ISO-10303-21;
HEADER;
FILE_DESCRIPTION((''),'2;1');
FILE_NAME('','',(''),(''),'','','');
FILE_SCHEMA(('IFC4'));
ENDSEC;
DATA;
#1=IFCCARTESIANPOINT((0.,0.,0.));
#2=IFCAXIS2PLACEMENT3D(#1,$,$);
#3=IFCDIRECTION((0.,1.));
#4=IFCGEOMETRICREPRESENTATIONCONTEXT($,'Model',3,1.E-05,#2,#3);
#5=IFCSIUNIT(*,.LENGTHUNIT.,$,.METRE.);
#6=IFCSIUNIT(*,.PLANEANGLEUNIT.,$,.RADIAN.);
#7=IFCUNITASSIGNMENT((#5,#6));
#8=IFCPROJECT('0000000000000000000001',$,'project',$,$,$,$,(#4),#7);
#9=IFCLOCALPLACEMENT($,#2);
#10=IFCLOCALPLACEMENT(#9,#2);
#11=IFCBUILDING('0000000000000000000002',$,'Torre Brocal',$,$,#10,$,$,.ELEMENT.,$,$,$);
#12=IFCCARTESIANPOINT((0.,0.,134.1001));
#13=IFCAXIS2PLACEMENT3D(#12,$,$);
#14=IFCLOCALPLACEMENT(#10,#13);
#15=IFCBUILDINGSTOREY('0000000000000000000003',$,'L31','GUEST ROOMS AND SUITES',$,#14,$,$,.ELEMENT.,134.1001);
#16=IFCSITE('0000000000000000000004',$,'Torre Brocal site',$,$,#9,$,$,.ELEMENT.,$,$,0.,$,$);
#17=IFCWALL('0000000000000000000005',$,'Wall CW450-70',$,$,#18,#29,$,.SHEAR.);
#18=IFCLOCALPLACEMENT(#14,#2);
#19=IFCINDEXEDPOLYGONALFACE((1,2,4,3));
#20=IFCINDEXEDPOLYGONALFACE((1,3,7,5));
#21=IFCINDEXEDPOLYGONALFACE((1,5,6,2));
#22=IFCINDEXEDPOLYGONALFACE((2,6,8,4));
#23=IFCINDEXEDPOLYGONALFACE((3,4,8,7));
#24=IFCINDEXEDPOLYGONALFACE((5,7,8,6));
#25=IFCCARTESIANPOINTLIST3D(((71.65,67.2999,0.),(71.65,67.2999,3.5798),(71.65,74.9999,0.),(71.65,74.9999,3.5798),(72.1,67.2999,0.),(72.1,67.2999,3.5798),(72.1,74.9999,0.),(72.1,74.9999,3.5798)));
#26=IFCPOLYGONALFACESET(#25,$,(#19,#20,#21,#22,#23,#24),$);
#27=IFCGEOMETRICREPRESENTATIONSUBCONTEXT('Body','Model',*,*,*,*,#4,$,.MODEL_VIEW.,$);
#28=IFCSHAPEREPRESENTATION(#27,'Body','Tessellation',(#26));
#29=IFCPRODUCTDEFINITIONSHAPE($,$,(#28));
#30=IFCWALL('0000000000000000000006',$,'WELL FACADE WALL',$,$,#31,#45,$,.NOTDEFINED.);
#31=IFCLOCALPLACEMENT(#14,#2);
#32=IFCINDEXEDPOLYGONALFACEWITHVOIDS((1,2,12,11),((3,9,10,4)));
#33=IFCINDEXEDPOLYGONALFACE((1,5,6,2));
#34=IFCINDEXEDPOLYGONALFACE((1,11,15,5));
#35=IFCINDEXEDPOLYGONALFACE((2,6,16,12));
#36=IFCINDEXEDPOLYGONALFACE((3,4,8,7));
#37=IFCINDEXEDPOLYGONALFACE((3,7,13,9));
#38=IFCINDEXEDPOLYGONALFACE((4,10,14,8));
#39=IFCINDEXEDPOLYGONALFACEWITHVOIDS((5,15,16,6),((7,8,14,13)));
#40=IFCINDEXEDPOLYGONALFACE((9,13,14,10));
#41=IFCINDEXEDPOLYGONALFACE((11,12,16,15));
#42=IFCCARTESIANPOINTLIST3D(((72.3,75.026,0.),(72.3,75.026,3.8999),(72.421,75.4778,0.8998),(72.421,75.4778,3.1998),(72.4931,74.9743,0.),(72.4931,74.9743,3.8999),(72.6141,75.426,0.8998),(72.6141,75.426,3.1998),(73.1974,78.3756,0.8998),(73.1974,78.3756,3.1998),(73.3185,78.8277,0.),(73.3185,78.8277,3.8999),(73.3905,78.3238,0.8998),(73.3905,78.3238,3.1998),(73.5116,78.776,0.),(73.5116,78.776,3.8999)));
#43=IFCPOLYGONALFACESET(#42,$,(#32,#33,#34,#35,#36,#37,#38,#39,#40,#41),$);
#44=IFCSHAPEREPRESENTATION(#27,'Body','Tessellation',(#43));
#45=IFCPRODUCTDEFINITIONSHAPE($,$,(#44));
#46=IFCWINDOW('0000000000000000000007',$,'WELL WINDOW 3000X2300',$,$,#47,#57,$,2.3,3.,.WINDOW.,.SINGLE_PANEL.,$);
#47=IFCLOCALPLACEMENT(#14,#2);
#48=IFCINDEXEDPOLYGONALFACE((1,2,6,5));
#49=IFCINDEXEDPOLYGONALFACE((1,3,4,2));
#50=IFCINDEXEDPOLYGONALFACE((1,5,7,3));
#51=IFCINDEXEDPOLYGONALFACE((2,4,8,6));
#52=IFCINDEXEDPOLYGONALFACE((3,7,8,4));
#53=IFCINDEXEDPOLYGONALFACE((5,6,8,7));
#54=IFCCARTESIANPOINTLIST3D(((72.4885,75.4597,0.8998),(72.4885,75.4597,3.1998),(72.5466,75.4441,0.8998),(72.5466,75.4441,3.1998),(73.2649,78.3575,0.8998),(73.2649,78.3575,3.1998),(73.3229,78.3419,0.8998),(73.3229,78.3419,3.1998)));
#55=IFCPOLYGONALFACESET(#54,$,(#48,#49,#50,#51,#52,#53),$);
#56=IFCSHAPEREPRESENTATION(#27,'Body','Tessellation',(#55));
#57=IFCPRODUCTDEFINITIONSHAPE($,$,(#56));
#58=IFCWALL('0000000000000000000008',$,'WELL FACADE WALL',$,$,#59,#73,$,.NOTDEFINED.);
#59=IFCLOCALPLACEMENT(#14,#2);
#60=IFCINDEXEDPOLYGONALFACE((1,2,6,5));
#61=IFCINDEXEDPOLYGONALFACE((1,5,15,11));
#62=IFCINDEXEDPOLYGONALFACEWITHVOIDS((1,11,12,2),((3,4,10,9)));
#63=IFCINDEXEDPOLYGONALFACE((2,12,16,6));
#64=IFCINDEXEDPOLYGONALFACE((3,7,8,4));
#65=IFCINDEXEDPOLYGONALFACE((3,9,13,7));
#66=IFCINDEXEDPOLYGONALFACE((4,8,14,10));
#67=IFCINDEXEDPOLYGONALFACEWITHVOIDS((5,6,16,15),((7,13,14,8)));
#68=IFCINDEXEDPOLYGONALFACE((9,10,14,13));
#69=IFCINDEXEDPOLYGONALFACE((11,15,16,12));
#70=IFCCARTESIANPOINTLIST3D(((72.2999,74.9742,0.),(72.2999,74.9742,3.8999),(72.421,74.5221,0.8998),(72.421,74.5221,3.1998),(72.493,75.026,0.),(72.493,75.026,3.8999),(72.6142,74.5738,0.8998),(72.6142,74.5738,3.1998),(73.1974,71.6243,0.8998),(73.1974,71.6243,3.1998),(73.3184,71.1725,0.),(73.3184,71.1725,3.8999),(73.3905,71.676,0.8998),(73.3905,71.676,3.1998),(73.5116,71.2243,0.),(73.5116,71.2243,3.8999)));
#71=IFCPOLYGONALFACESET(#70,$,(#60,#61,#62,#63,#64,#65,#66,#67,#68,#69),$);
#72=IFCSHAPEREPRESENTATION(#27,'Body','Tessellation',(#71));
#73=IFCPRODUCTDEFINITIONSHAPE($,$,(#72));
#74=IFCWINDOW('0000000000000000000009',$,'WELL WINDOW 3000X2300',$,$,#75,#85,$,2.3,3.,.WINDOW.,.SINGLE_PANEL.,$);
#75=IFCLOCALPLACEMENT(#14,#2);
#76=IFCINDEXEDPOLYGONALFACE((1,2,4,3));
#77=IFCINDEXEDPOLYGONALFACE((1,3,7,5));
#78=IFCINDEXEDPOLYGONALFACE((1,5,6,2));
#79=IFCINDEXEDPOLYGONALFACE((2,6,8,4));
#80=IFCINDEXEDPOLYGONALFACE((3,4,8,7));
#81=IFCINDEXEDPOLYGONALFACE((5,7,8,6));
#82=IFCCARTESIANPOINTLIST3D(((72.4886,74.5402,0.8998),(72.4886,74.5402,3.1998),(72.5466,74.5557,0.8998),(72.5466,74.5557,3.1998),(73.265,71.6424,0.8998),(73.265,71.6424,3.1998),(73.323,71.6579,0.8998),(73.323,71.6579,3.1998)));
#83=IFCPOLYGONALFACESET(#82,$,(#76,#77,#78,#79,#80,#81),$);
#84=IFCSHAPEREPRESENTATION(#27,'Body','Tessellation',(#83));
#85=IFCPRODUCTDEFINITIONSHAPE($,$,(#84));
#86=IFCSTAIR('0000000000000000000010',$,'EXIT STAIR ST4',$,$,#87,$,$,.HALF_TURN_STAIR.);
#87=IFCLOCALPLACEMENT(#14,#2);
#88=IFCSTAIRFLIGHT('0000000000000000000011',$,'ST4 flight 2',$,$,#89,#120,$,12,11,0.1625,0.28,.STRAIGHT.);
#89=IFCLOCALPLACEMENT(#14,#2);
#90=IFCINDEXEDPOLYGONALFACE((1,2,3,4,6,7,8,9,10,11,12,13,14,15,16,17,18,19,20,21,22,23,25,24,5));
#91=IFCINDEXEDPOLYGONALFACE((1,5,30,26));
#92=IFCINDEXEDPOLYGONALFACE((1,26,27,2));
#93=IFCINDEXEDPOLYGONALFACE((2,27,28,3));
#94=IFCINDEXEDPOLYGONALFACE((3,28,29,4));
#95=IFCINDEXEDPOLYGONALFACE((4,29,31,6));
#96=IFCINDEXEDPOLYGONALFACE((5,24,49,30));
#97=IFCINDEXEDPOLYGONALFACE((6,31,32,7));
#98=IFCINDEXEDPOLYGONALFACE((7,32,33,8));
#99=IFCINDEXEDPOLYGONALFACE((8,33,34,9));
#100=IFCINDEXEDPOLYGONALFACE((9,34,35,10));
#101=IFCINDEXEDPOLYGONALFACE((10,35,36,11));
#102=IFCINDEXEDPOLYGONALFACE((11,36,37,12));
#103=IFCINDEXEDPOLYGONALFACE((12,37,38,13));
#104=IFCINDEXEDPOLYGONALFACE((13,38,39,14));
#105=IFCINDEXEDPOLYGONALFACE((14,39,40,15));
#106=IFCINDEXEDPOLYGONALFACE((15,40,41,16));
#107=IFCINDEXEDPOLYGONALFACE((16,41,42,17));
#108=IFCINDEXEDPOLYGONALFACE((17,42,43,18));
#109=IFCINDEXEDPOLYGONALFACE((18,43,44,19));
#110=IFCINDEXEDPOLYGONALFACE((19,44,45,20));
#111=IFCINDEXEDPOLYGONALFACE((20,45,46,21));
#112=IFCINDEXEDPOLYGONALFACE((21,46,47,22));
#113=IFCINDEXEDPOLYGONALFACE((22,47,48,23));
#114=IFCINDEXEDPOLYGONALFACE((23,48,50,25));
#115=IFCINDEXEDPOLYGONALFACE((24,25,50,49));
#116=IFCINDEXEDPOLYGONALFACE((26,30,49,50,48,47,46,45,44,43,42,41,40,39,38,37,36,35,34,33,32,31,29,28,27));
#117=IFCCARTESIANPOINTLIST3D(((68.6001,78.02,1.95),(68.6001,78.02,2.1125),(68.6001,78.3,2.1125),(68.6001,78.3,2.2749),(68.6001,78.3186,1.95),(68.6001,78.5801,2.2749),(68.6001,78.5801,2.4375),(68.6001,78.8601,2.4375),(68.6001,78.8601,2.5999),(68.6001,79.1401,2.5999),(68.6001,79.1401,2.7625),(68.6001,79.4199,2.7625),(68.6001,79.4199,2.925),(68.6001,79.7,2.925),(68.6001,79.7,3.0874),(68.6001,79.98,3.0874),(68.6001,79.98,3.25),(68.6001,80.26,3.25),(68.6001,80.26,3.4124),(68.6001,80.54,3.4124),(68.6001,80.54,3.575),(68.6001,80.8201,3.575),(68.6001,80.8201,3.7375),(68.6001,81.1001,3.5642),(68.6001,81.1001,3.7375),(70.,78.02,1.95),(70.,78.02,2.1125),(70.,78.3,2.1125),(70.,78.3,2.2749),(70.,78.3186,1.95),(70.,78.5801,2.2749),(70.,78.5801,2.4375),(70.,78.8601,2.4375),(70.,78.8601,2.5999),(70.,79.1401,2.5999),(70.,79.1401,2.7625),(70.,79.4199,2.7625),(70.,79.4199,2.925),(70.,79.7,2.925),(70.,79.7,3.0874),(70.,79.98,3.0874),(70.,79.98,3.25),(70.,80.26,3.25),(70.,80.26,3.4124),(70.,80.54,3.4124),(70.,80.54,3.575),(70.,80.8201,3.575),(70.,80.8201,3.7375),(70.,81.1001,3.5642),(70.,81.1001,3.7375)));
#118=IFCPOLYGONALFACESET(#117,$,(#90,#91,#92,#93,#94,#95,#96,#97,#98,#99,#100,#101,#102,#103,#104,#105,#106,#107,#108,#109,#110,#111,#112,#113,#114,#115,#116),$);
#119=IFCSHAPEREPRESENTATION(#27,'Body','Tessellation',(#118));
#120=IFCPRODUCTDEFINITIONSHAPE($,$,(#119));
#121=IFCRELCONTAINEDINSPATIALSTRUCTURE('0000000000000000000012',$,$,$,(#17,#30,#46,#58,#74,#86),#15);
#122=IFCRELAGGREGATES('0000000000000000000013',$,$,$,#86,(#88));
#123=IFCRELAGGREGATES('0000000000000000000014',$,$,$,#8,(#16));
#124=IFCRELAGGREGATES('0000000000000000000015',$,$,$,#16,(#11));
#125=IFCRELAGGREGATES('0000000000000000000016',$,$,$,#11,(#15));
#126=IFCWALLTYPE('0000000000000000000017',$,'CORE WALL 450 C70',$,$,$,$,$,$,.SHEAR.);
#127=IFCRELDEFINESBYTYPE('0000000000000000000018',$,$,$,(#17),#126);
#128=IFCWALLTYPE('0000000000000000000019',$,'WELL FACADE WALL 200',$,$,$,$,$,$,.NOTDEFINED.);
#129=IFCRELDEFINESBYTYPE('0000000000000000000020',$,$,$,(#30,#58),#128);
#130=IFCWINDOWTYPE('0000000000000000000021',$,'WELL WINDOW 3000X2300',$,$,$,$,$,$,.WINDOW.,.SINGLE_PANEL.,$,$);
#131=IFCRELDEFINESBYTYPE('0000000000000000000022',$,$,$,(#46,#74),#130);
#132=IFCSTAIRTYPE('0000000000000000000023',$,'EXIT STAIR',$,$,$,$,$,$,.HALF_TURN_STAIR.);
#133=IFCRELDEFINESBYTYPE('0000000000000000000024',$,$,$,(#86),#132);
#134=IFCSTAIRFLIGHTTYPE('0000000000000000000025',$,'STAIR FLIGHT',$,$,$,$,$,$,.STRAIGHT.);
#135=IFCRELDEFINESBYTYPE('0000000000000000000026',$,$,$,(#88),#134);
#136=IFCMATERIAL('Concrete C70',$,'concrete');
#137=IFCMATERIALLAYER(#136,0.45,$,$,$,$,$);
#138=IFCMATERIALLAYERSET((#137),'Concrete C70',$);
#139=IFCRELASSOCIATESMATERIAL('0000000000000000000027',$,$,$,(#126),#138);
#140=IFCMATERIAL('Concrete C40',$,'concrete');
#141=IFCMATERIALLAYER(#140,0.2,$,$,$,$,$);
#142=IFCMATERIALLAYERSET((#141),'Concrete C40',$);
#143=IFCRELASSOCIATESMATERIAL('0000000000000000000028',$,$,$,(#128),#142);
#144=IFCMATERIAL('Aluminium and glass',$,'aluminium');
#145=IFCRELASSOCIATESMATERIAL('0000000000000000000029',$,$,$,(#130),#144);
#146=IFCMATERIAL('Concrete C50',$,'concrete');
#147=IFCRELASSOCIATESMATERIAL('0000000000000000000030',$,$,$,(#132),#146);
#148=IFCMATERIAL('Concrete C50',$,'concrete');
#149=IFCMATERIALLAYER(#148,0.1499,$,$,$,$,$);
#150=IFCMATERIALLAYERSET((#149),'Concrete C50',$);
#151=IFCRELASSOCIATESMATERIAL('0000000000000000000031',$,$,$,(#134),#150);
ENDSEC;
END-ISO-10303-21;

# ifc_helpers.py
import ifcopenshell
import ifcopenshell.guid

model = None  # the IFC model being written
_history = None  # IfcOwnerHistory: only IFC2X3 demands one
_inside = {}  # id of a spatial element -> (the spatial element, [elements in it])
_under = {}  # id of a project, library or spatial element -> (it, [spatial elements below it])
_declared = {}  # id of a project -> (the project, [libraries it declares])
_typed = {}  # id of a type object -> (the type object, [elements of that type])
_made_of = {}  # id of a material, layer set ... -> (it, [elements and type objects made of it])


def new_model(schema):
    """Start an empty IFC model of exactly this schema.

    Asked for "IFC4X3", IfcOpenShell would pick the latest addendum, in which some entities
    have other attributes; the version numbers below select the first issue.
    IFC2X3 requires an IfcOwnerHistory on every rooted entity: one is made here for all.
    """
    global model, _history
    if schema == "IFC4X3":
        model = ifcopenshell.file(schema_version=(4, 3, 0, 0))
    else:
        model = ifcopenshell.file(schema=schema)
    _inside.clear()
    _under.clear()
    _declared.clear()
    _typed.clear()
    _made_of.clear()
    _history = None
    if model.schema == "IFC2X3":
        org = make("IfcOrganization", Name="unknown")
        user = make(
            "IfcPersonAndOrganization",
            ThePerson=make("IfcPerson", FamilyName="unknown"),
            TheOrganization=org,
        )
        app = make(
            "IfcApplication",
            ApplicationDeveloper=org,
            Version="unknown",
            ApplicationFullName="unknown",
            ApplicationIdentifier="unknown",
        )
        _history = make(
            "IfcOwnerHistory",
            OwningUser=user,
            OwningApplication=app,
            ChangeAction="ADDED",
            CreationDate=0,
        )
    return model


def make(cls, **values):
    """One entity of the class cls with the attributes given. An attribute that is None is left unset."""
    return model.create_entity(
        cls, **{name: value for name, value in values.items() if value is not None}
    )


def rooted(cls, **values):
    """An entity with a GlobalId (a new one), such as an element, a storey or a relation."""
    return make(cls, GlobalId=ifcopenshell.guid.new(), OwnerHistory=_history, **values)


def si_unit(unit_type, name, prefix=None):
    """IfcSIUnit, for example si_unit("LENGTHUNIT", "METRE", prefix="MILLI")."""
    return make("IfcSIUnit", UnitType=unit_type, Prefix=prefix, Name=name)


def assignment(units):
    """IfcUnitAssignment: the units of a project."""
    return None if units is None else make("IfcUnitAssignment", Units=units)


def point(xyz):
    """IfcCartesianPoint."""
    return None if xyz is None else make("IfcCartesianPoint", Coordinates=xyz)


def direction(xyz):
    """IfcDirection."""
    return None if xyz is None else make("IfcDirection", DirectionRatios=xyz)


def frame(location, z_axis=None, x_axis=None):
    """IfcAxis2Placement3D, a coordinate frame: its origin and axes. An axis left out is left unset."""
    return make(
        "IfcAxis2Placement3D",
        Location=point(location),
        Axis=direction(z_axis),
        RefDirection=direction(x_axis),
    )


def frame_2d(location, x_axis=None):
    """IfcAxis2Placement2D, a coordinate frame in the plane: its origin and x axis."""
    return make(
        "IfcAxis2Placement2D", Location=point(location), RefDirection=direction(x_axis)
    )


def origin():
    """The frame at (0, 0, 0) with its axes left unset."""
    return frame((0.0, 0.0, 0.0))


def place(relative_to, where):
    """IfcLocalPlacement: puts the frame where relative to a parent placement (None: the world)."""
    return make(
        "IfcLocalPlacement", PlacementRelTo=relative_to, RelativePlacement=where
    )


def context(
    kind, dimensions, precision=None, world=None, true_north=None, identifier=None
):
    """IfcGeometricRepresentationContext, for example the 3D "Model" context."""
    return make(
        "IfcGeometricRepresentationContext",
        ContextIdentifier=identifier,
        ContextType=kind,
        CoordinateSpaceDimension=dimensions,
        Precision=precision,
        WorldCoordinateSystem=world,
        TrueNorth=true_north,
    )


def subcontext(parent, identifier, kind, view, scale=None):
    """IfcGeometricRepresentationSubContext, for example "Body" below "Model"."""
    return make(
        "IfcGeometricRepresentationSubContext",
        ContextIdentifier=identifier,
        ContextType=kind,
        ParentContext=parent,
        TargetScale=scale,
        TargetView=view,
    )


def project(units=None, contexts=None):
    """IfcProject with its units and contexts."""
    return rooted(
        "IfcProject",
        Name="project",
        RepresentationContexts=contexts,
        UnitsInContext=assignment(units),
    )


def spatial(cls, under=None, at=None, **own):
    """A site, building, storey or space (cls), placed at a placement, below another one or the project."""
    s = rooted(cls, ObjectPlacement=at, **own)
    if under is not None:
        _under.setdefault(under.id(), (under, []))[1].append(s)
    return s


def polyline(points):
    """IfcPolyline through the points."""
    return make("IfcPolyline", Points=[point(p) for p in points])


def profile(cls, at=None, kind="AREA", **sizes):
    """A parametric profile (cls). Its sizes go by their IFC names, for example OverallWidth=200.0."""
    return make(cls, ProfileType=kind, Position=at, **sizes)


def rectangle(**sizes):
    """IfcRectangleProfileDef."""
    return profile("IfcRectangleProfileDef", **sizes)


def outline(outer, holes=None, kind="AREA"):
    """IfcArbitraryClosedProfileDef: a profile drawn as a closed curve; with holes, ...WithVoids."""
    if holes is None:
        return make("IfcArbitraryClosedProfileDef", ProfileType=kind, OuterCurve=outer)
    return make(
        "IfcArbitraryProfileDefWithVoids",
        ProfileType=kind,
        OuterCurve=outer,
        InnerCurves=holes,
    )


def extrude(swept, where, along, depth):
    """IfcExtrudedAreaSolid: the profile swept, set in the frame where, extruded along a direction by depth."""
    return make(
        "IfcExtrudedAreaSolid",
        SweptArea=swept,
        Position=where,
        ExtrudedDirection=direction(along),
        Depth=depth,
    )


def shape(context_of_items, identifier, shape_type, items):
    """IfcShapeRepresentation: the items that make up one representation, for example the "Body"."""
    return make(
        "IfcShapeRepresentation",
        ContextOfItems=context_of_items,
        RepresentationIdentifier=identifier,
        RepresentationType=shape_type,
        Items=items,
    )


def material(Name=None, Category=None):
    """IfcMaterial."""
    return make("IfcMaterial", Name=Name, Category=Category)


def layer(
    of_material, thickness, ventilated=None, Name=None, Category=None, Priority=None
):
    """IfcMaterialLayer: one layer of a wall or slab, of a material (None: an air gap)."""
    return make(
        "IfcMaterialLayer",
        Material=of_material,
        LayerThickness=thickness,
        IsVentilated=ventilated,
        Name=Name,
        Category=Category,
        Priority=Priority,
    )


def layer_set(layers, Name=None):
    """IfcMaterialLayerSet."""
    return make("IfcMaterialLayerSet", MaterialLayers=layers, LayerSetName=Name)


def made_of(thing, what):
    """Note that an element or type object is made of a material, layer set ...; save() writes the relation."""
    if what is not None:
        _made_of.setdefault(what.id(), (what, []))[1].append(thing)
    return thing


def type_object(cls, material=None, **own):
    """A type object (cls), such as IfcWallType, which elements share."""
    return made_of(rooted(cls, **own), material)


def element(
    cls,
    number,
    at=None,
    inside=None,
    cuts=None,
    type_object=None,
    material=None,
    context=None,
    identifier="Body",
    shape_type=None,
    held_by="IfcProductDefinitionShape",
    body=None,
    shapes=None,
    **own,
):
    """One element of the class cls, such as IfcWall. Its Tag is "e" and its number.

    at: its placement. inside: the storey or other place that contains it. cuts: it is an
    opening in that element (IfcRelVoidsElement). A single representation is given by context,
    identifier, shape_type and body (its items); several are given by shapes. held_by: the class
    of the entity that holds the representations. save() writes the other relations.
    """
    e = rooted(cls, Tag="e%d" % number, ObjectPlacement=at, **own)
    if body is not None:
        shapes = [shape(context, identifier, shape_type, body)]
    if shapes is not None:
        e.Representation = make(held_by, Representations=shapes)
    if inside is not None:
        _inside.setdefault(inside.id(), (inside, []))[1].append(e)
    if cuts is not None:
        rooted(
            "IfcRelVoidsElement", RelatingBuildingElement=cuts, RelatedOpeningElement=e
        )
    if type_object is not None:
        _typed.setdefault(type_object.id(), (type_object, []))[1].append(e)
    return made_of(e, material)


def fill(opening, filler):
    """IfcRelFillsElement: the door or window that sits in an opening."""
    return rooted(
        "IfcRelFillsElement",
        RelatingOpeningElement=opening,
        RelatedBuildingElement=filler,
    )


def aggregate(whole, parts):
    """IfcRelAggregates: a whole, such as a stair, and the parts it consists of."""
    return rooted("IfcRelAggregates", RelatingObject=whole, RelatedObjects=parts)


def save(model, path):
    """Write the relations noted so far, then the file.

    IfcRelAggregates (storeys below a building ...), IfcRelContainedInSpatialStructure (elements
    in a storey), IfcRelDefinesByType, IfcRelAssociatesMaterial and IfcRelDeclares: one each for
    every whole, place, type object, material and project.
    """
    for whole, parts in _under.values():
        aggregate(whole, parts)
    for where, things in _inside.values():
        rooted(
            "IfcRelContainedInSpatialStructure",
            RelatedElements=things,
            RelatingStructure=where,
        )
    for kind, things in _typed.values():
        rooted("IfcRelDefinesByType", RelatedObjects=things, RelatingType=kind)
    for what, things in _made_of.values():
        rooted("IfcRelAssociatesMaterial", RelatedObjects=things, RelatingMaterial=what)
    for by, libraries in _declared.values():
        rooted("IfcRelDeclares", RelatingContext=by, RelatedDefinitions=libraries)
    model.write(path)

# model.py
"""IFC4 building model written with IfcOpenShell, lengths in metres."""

from ifc_helpers import new_model, si_unit, direction, frame, frame_2d, origin, place, context, subcontext, project, spatial, polyline, rectangle, outline, extrude, material, layer, layer_set, type_object, element, fill, aggregate, save


model = new_model("IFC4")

# Units and contexts
model_context = context("Model", 3, precision=1e-05, world=origin(), true_north=direction((0.0, 1.0)))
body_context = subcontext(model_context, "Body", "Model", "MODEL_VIEW")
ifc_project = project(units=[si_unit("LENGTHUNIT", "METRE"), si_unit("PLANEANGLEUNIT", "RADIAN")], contexts=[model_context])

# Site, building, storey
site_placement = place(None, origin())
site = spatial("IfcSite", under=ifc_project, at=site_placement, Name="Torre Brocal site", CompositionType="ELEMENT", RefElevation=0.0)
building_placement = place(site_placement, origin())
building = spatial("IfcBuilding", under=site, at=building_placement, Name="Torre Brocal", CompositionType="ELEMENT")
storey_placement = place(building_placement, frame((0.0, 0.0, 134.1001)))
storey = spatial("IfcBuildingStorey", under=building, at=storey_placement, Name="L31", Description="GUEST ROOMS AND SUITES", CompositionType="ELEMENT", Elevation=134.1001)

# Wall
ifc_material_1 = material(Name="Concrete C70", Category="concrete")
ifc_layer_1 = layer(ifc_material_1, 0.45)
ifc_layer_set_1 = layer_set([ifc_layer_1], Name="Concrete C70")
wall_type_1 = type_object("IfcWallType", Name="CORE WALL 450 C70", PredefinedType="SHEAR", material=ifc_layer_set_1)
wall_1_placement = place(storey_placement, frame((71.875, 75.0, 0.0), z_axis=(0.0, 0.0, 1.0), x_axis=(0.0, -1.0, 0.0)))
element("IfcWall", 1, at=wall_1_placement, inside=storey, type_object=wall_type_1, Name="Wall CW450-70", PredefinedType="SHEAR", context=body_context, shape_type="SweptSolid", body=[
    extrude(rectangle(XDim=7.7, YDim=0.45, at=frame_2d((3.8501, 0.0))), origin(), (0.0, 0.0, 1.0), 3.5798),
])

# Walls, openings, windows
ifc_material_2 = material(Name="Concrete C40", Category="concrete")
ifc_layer_2 = layer(ifc_material_2, 0.2)
ifc_layer_set_2 = layer_set([ifc_layer_2], Name="Concrete C40")
wall_type_2 = type_object("IfcWallType", Name="WELL FACADE WALL 200", PredefinedType="NOTDEFINED", material=ifc_layer_set_2)
wall_2_placement = place(storey_placement, frame((73.415, 78.8018, 0.0), z_axis=(0.0, 0.0, 1.0), x_axis=(-0.25879, -0.965934, 0.0)))
wall_2 = element("IfcWall", 2, at=wall_2_placement, inside=storey, type_object=wall_type_2, Name="WELL FACADE WALL", PredefinedType="NOTDEFINED", context=body_context, shape_type="SweptSolid", body=[
    extrude(rectangle(XDim=3.9358, YDim=0.2, at=frame_2d((1.9678, 0.0))), origin(), (0.0, 0.0, 1.0), 3.8999),
])
opening_1_placement = place(wall_2_placement, frame((0.468, 0.0, 0.8999)))
opening_1 = element("IfcOpeningElement", 3, at=opening_1_placement, cuts=wall_2, PredefinedType="OPENING", context=body_context, shape_type="SweptSolid", body=[
    extrude(rectangle(XDim=3.0, YDim=2.3, at=frame_2d((1.5, 1.1499))), frame((0.0, 0.1099, 0.0), z_axis=(0.0, -1.0, 0.0), x_axis=(1.0, 0.0, 0.0)), (0.0, 0.0, 1.0), 0.22),
])
ifc_material_3 = material(Name="Aluminium and glass", Category="aluminium")
window_type = type_object("IfcWindowType", Name="WELL WINDOW 3000X2300", PartitioningType="SINGLE_PANEL", PredefinedType="WINDOW", material=ifc_material_3)
window_1_placement = place(opening_1_placement, origin())
window_1 = element("IfcWindow", 4, at=window_1_placement, inside=storey, type_object=window_type, Name="WELL WINDOW 3000X2300", OverallHeight=2.3, OverallWidth=3.0, PartitioningType="SINGLE_PANEL", PredefinedType="WINDOW", context=body_context, shape_type="SweptSolid", body=[
    extrude(rectangle(XDim=3.0, YDim=2.3, at=frame_2d((1.5, 1.1499))), frame((0.0, 0.03, 0.0), z_axis=(0.0, -1.0, 0.0), x_axis=(1.0, 0.0, 0.0)), (0.0, 0.0, 1.0), 0.0601),
])
fill(opening_1, window_1)
wall_3_placement = place(storey_placement, frame((72.3965, 75.0, 0.0), z_axis=(0.0, 0.0, 1.0), x_axis=(0.25879, -0.965934, 0.0)))
wall_3 = element("IfcWall", 5, at=wall_3_placement, inside=storey, type_object=wall_type_2, Name="WELL FACADE WALL", PredefinedType="NOTDEFINED", context=body_context, shape_type="SweptSolid", body=[
    extrude(rectangle(XDim=3.9358, YDim=0.2, at=frame_2d((1.9678, 0.0))), origin(), (0.0, 0.0, 1.0), 3.8999),
])
opening_2_placement = place(wall_3_placement, frame((0.468, 0.0, 0.8999)))
opening_2 = element("IfcOpeningElement", 6, at=opening_2_placement, cuts=wall_3, PredefinedType="OPENING", context=body_context, shape_type="SweptSolid", body=[
    extrude(rectangle(XDim=3.0, YDim=2.3, at=frame_2d((1.5, 1.1499))), frame((0.0, 0.1099, 0.0), z_axis=(0.0, -1.0, 0.0), x_axis=(1.0, 0.0, 0.0)), (0.0, 0.0, 1.0), 0.22),
])
window_2_placement = place(opening_2_placement, origin())
window_2 = element("IfcWindow", 7, at=window_2_placement, inside=storey, type_object=window_type, Name="WELL WINDOW 3000X2300", OverallHeight=2.3, OverallWidth=3.0, PartitioningType="SINGLE_PANEL", PredefinedType="WINDOW", context=body_context, shape_type="SweptSolid", body=[
    extrude(rectangle(XDim=3.0, YDim=2.3, at=frame_2d((1.5, 1.1499))), frame((0.0, 0.03, 0.0), z_axis=(0.0, -1.0, 0.0), x_axis=(1.0, 0.0, 0.0)), (0.0, 0.0, 1.0), 0.0601),
])
fill(opening_2, window_2)

# Stair, stair flight
ifc_material_4 = material(Name="Concrete C50", Category="concrete")
stair_type = type_object("IfcStairType", Name="EXIT STAIR", PredefinedType="HALF_TURN_STAIR", material=ifc_material_4)
stair_placement = place(storey_placement, origin())
stair = element("IfcStair", 8, at=stair_placement, inside=storey, type_object=stair_type, Name="EXIT STAIR ST4", PredefinedType="HALF_TURN_STAIR")
ifc_material_5 = material(Name="Concrete C50", Category="concrete")
ifc_layer_3 = layer(ifc_material_5, 0.1499)
ifc_layer_set_3 = layer_set([ifc_layer_3], Name="Concrete C50")
stair_flight_type = type_object("IfcStairFlightType", Name="STAIR FLIGHT", PredefinedType="STRAIGHT", material=ifc_layer_set_3)
stair_flight_placement = place(storey_placement, frame((69.3, 78.02, 1.95), z_axis=(0.0, 0.0, 1.0), x_axis=(0.0, 1.0, 0.0)))
stair_flight = element("IfcStairFlight", 9, at=stair_flight_placement, type_object=stair_flight_type, Name="ST4 flight 2", NumberOfRisers=12, NumberOfTreads=11, PredefinedType="STRAIGHT", RiserHeight=0.1625, TreadLength=0.28, context=body_context, shape_type="SweptSolid", body=[
    extrude(outline(polyline([(0.0, 0.0), (0.0, 0.1626), (0.28, 0.1626), (0.28, 0.325), (0.5601, 0.325), (0.5601, 0.4875), (0.8401, 0.4875), (0.8401, 0.6499), (1.1201, 0.6499), (1.1201, 0.8125), (1.3999, 0.8125), (1.3999, 0.9751), (1.6799, 0.9751), (1.6799, 1.1375), (1.96, 1.1375), (1.96, 1.3), (2.24, 1.3), (2.24, 1.4624), (2.52, 1.4624), (2.52, 1.625), (2.8, 1.625), (2.8, 1.7876), (3.0801, 1.7876), (3.0801, 1.95), (3.0801, 1.6143), (0.2986, 0.0), (0.0, 0.0)])), frame((0.0, 0.7, 0.0), z_axis=(0.0, -1.0, 0.0), x_axis=(1.0, 0.0, 0.0)), (0.0, 0.0, 1.0), 1.3999),
])
aggregate(stair, [stair_flight])

save(model, "model.ifc")
